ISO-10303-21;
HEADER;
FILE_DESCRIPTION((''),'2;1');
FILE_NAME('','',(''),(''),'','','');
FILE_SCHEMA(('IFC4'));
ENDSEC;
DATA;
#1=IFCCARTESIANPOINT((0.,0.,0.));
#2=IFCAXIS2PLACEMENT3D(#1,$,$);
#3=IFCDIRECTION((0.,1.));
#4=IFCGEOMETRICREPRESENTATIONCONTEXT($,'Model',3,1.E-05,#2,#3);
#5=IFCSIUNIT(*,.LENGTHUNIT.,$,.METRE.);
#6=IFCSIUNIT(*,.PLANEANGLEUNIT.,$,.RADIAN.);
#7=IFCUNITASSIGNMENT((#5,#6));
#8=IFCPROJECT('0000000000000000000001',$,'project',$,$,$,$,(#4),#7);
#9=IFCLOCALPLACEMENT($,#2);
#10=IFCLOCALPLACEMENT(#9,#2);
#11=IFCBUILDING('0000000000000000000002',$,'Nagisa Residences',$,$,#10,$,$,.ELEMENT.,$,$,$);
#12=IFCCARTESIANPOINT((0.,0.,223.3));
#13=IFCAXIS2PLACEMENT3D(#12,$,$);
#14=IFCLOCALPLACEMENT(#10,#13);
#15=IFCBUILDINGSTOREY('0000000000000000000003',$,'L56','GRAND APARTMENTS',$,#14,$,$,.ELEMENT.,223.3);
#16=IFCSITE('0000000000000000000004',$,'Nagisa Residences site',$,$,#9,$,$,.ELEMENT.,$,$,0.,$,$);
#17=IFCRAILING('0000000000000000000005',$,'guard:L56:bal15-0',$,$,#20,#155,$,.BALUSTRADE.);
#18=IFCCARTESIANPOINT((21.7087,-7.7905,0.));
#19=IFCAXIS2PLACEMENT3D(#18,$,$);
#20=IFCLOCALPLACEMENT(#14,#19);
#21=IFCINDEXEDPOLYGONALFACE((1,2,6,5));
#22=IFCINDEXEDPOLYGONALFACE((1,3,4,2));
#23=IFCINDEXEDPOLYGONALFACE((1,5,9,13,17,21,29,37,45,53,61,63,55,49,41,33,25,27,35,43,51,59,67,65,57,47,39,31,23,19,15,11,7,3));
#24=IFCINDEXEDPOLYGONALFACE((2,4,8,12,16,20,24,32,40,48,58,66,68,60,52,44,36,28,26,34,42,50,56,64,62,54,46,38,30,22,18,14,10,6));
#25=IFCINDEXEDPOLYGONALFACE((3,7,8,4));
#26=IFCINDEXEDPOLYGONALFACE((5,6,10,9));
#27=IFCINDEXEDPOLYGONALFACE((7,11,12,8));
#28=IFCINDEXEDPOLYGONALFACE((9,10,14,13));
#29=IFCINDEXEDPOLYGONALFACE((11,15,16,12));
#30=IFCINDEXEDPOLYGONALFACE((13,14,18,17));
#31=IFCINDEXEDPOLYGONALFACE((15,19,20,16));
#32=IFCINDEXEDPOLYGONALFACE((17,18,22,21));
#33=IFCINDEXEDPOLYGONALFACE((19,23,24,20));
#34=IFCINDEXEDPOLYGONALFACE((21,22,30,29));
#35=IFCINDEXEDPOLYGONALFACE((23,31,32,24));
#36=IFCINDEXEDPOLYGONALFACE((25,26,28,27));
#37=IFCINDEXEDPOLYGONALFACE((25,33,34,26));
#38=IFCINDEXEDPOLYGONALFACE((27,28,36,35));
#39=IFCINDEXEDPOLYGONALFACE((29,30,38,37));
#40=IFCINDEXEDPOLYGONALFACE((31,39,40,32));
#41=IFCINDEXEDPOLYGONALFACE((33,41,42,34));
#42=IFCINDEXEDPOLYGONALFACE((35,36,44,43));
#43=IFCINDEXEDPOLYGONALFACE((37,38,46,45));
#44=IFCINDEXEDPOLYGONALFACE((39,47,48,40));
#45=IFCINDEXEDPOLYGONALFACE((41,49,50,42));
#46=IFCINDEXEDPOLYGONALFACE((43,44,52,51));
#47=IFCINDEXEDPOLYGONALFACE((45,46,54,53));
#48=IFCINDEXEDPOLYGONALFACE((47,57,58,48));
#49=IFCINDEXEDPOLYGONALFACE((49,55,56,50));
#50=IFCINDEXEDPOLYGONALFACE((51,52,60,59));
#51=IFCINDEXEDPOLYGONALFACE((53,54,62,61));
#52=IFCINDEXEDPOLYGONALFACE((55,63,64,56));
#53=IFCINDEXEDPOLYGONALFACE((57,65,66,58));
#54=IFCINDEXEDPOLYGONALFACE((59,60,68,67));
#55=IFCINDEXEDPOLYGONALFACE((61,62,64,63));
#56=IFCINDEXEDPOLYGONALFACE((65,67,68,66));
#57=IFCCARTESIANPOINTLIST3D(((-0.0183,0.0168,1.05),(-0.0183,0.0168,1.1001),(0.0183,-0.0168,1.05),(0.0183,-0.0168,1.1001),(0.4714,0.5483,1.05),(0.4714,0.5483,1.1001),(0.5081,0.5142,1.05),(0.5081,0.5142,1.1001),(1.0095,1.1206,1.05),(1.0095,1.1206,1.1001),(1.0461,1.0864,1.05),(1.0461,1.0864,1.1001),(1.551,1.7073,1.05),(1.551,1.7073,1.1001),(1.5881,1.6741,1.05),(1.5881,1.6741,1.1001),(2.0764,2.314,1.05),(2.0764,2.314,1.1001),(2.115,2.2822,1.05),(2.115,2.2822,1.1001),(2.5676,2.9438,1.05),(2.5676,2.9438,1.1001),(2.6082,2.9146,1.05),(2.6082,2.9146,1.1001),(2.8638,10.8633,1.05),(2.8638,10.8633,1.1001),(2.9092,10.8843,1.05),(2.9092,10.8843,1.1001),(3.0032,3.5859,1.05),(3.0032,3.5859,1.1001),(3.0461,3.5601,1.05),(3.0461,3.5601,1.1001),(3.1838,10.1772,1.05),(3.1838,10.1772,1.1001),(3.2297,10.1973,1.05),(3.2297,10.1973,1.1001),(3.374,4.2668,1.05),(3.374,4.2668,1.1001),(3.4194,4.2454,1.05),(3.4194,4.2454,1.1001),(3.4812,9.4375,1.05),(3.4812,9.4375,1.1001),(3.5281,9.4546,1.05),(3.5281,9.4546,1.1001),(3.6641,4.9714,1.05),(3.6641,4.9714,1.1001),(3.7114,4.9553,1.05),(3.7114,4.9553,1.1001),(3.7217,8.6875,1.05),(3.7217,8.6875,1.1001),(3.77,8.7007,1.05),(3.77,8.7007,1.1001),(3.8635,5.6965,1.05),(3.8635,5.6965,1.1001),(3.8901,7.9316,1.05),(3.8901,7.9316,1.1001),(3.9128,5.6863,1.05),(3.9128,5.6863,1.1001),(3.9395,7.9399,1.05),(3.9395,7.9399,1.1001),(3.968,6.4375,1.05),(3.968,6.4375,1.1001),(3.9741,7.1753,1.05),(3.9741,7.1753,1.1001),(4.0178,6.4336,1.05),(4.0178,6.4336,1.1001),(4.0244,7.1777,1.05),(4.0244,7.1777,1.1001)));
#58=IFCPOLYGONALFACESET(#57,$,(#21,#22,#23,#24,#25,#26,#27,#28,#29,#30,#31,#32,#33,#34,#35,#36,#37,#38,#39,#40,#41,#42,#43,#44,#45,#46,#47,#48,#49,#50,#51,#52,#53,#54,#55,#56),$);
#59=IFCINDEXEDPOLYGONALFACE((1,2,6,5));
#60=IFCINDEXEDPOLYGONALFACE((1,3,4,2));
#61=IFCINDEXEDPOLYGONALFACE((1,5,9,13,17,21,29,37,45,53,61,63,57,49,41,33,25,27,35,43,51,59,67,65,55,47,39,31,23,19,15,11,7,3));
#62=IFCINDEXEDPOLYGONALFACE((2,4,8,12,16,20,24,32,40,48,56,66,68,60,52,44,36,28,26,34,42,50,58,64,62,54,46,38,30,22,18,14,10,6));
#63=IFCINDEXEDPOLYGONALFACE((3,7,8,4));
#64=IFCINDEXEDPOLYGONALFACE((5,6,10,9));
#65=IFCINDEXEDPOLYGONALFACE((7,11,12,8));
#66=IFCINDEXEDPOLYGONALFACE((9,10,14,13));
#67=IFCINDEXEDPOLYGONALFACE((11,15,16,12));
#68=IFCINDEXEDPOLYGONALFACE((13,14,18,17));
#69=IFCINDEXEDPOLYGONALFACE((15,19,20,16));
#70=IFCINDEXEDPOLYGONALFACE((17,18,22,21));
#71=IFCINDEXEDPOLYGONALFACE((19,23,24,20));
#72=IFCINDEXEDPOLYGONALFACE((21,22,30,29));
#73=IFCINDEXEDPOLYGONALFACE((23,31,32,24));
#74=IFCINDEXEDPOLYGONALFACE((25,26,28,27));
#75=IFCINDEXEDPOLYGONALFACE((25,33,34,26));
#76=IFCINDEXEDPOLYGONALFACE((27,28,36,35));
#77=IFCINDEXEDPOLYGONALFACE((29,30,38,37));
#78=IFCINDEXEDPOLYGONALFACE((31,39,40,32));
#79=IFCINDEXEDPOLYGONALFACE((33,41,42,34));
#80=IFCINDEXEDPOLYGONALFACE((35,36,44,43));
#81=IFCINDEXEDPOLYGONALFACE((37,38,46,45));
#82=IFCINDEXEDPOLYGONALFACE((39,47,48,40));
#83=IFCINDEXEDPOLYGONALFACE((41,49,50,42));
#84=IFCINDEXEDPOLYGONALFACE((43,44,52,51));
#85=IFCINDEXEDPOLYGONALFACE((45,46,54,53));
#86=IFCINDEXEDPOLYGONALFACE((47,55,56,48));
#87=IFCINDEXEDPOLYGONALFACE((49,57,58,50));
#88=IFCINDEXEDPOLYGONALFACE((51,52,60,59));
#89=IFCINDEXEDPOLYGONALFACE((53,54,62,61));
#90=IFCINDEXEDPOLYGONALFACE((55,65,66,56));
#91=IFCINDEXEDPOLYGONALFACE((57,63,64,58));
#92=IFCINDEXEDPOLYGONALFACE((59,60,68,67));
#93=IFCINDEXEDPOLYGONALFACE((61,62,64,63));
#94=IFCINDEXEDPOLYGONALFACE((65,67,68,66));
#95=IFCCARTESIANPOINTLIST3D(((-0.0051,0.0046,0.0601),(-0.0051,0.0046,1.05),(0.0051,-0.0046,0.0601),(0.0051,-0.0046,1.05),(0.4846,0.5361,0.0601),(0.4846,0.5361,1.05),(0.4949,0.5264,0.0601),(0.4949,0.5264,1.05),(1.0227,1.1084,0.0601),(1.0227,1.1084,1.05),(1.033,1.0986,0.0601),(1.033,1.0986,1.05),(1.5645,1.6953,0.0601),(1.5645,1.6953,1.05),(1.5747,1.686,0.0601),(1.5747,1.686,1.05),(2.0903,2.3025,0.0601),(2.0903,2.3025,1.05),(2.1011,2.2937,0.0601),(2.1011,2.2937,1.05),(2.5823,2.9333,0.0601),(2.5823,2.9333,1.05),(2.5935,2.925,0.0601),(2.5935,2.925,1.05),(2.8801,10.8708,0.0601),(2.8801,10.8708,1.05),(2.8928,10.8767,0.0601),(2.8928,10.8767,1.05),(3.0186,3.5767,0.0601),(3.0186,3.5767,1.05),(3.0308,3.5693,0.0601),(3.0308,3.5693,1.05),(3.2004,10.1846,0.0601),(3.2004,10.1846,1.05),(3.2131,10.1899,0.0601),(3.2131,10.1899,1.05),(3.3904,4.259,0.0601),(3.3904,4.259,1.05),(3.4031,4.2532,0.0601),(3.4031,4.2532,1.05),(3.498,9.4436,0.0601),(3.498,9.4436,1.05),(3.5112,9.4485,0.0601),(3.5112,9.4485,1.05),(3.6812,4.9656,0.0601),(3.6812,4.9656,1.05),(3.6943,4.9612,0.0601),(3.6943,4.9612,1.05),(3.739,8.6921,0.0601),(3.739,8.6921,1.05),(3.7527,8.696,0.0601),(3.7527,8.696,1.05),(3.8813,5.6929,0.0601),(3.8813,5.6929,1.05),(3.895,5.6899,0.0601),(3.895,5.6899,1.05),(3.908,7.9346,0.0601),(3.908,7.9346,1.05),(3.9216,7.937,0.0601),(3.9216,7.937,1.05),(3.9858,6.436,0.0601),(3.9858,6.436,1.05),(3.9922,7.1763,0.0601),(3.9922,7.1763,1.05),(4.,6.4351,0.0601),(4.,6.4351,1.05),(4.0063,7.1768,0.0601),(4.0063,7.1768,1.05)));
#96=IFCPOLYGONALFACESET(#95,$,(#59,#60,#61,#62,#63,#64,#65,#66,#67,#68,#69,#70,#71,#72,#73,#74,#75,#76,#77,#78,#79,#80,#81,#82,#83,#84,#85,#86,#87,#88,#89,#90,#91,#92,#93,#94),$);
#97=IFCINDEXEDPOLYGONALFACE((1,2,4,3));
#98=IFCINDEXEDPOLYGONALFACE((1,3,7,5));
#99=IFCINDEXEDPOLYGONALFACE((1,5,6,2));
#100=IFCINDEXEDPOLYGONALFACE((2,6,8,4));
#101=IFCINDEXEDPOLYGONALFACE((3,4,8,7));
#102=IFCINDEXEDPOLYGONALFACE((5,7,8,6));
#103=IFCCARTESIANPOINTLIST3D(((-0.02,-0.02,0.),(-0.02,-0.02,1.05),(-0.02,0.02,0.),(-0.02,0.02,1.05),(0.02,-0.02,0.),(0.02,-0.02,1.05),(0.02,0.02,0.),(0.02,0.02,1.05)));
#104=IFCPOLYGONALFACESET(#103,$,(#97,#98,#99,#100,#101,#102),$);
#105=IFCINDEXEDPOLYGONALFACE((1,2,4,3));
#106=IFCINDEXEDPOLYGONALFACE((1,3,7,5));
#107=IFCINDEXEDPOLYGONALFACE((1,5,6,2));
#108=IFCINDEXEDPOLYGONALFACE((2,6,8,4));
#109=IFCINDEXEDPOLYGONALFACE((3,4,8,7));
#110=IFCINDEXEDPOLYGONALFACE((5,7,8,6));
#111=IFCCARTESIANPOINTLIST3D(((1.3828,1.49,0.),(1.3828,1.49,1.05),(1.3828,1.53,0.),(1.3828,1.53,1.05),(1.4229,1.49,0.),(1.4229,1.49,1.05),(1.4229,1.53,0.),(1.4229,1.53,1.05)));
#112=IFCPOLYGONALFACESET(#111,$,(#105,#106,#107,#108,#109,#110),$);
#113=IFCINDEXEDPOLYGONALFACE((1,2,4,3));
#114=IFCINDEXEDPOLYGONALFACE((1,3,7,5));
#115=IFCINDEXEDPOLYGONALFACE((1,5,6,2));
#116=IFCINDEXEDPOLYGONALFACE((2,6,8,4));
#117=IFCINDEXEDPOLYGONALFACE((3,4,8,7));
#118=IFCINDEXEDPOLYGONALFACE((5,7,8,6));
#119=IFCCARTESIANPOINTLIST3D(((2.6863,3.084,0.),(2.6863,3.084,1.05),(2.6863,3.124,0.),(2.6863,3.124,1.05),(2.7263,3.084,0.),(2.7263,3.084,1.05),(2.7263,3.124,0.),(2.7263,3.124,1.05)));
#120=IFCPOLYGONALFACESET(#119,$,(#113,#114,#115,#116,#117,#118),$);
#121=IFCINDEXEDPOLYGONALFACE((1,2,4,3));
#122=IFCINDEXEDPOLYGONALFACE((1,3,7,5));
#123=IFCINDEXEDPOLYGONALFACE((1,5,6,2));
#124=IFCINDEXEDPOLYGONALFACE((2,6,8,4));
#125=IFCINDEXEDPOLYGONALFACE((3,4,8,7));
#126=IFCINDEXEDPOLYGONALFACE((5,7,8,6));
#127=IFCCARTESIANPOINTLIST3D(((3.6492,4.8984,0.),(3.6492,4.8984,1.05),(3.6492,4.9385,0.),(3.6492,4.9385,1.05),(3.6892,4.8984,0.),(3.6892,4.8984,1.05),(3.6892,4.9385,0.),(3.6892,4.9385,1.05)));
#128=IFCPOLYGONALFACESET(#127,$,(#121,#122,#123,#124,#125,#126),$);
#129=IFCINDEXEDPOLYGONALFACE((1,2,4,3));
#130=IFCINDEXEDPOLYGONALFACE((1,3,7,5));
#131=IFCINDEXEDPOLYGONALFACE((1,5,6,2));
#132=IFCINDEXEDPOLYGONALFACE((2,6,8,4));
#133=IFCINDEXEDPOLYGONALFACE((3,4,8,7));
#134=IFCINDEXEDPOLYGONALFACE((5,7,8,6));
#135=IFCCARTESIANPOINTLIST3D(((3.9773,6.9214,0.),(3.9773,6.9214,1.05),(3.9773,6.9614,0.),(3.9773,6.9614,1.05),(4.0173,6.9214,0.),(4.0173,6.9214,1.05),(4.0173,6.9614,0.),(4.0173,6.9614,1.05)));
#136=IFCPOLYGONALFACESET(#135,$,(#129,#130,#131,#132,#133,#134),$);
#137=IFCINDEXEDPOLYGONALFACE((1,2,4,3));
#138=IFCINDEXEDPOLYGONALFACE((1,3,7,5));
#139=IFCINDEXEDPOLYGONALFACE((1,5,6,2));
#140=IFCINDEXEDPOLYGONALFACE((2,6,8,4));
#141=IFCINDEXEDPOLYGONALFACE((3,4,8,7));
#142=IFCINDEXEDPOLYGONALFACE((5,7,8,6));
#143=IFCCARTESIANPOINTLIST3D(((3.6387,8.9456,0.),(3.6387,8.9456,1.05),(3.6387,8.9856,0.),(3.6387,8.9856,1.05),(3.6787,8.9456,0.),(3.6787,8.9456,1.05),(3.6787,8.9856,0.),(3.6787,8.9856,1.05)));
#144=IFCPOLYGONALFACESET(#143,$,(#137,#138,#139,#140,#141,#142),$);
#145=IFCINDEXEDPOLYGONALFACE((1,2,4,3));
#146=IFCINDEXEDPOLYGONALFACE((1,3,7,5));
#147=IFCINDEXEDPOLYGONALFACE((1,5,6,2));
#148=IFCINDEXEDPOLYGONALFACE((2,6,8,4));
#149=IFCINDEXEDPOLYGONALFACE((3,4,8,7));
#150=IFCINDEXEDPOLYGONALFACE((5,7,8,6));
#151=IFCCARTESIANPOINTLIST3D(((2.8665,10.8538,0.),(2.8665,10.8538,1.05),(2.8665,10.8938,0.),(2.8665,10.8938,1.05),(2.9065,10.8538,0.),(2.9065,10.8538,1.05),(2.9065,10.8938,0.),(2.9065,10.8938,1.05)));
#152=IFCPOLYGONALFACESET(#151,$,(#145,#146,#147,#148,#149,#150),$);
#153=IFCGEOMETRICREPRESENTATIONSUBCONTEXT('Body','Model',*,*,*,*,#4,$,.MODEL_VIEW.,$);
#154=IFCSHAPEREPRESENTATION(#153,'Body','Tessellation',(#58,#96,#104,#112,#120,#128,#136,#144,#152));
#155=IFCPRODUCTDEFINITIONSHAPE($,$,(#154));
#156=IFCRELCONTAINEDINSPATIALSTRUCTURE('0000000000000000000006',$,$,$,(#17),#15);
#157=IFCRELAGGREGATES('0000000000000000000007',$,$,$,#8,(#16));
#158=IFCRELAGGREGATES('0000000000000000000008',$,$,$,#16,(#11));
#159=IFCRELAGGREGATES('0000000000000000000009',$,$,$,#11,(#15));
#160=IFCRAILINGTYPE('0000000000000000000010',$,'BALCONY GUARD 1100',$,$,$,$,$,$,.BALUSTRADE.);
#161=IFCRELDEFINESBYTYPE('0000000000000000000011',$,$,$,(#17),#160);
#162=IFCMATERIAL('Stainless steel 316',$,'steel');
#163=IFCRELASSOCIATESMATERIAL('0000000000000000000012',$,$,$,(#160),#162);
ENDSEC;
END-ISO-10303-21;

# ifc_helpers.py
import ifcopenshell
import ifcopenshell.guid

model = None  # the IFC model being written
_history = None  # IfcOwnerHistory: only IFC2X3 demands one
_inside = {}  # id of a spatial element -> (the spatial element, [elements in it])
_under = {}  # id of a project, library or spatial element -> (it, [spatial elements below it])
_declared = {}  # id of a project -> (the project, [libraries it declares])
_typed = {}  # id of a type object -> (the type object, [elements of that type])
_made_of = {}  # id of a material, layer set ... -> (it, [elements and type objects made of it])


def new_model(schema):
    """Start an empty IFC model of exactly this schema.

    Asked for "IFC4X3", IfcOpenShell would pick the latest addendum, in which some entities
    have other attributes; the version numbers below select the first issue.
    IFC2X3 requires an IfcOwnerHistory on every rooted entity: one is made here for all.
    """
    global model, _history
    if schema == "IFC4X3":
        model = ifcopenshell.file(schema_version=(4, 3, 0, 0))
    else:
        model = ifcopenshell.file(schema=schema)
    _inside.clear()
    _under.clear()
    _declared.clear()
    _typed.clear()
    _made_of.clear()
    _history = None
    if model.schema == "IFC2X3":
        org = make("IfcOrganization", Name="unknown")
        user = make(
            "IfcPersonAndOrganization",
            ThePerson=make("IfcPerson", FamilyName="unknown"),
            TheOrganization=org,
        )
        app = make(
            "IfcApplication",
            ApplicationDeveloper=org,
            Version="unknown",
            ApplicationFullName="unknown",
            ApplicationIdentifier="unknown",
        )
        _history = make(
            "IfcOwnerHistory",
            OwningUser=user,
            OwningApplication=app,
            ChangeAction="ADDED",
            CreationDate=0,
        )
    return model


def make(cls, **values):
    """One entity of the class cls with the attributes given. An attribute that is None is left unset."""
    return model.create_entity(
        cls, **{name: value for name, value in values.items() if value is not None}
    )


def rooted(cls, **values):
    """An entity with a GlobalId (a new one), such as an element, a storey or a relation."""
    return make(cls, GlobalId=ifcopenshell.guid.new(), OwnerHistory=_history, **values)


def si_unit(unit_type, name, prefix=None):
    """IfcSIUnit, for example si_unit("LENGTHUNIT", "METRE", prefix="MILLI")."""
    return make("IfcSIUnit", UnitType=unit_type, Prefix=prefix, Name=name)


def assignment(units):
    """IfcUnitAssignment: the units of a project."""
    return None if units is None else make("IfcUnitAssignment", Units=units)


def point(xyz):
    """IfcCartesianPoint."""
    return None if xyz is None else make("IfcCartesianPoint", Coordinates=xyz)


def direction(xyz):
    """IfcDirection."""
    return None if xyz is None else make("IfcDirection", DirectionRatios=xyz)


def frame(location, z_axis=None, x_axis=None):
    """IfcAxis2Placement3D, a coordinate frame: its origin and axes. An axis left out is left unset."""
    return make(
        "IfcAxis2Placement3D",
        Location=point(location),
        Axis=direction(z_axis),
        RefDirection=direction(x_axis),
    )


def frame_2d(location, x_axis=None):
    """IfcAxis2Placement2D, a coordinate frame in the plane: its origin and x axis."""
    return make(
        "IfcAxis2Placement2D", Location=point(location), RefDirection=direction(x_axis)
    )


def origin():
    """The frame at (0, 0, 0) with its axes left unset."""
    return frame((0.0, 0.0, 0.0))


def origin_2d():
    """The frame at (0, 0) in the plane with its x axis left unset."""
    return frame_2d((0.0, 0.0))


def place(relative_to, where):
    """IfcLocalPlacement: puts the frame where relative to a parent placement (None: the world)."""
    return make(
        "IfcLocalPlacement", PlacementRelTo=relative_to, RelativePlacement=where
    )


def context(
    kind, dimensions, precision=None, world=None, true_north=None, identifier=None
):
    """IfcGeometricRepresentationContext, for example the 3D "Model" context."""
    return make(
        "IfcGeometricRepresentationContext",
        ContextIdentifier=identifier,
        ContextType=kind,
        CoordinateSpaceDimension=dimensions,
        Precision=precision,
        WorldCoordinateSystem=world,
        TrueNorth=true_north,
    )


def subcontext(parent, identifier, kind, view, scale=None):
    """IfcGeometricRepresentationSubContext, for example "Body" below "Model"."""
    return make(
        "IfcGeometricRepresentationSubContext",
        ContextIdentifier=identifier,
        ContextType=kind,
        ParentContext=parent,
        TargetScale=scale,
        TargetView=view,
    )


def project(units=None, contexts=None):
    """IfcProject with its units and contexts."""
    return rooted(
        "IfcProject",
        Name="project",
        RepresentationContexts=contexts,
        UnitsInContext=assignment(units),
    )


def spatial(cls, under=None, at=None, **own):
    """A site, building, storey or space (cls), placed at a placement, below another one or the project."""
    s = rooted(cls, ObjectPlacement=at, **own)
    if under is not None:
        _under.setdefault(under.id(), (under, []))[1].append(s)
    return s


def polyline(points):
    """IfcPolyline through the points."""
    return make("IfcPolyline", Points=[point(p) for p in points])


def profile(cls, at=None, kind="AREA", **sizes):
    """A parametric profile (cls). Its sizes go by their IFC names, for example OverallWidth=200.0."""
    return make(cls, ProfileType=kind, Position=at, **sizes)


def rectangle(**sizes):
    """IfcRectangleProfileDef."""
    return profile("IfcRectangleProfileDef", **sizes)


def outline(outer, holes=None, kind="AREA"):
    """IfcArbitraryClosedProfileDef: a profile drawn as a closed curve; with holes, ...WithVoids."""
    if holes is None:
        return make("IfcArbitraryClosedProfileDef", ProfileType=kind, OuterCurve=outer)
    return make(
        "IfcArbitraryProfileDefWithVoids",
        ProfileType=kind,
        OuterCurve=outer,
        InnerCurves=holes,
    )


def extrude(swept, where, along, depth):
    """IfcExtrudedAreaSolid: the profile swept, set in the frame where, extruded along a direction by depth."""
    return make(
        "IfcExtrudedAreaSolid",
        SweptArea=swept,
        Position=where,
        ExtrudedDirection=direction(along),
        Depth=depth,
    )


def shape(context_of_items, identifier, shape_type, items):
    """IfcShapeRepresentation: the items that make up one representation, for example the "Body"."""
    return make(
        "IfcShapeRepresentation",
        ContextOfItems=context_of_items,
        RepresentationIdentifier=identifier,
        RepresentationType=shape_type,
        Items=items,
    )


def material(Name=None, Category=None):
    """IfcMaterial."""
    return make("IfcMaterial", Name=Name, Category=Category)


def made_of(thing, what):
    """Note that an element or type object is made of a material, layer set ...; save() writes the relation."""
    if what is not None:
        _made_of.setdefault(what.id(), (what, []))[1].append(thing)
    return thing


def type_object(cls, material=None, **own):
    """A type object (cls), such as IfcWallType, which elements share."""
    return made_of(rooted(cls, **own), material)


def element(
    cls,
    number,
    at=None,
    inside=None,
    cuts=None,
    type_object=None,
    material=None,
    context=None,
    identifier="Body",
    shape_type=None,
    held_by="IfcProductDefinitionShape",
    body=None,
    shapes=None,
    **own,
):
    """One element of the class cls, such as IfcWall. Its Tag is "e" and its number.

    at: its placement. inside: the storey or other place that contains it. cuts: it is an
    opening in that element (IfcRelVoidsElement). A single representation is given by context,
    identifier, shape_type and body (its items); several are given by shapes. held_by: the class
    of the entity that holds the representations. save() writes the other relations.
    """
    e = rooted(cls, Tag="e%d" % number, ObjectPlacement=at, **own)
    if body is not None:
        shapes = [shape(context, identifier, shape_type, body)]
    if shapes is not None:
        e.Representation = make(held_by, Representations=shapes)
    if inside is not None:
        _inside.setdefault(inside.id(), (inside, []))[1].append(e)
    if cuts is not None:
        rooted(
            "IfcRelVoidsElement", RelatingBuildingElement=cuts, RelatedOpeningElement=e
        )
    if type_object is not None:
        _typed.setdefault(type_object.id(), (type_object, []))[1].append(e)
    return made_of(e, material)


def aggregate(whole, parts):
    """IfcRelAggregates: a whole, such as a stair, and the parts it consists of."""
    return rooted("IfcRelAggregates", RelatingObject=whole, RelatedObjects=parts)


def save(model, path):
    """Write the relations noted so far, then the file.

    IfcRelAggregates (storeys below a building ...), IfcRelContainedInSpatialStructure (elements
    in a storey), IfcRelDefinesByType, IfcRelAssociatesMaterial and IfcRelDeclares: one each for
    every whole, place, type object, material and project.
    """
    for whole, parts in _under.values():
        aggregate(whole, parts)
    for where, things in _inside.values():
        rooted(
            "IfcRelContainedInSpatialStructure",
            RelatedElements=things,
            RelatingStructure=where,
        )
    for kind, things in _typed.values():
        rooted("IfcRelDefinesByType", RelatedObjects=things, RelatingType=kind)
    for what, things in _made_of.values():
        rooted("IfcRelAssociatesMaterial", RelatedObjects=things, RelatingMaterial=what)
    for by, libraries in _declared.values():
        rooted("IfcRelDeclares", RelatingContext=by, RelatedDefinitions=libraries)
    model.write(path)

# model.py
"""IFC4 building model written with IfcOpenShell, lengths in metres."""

from ifc_helpers import new_model, si_unit, direction, frame, origin, origin_2d, place, context, subcontext, project, spatial, polyline, rectangle, outline, extrude, material, type_object, element, save


model = new_model("IFC4")

# Units and contexts
model_context = context("Model", 3, precision=1e-05, world=origin(), true_north=direction((0.0, 1.0)))
body_context = subcontext(model_context, "Body", "Model", "MODEL_VIEW")
ifc_project = project(units=[si_unit("LENGTHUNIT", "METRE"), si_unit("PLANEANGLEUNIT", "RADIAN")], contexts=[model_context])

# Site, building, storey
site_placement = place(None, origin())
site = spatial("IfcSite", under=ifc_project, at=site_placement, Name="Nagisa Residences site", CompositionType="ELEMENT", RefElevation=0.0)
building_placement = place(site_placement, origin())
building = spatial("IfcBuilding", under=site, at=building_placement, Name="Nagisa Residences", CompositionType="ELEMENT")
storey_placement = place(building_placement, frame((0.0, 0.0, 223.3)))
storey = spatial("IfcBuildingStorey", under=building, at=storey_placement, Name="L56", Description="GRAND APARTMENTS", CompositionType="ELEMENT", Elevation=223.3)

# Railing
ifc_material_1 = material(Name="Stainless steel 316", Category="steel")
railing_type_1 = type_object("IfcRailingType", Name="BALCONY GUARD 1100", PredefinedType="BALUSTRADE", material=ifc_material_1)
railing_1_placement = place(storey_placement, frame((21.7087, -7.7905, 0.0)))
element("IfcRailing", 1, at=railing_1_placement, inside=storey, type_object=railing_type_1, Name="guard:L56:bal15-0", PredefinedType="BALUSTRADE", context=body_context, shape_type="SweptSolid", body=[
    extrude(outline(polyline([(0.4714, 0.5483), (-0.0183, 0.0168), (0.0183, -0.0168), (0.5081, 0.5142), (1.0461, 1.0864), (1.5881, 1.6741), (2.115, 2.2822), (2.6082, 2.9146), (3.0461, 3.5601), (3.4194, 4.2454), (3.7114, 4.9553), (3.9128, 5.6863), (4.0178, 6.4336), (4.0244, 7.1777), (3.9395, 7.9399), (3.77, 8.7007), (3.5281, 9.4546), (3.2297, 10.1973), (2.9092, 10.8843), (2.8638, 10.8633), (3.1838, 10.1772), (3.4812, 9.4375), (3.7217, 8.6875), (3.8901, 7.9316), (3.9741, 7.1753), (3.968, 6.4375), (3.8635, 5.6965), (3.6641, 4.9714), (3.374, 4.2668), (3.0032, 3.5859), (2.5676, 2.9438), (2.0764, 2.314), (1.551, 1.7073), (1.0095, 1.1206), (0.4714, 0.5483)])), frame((0.0, 0.0, 1.05)), (0.0, 0.0, 1.0), 0.05),
    extrude(outline(polyline([(0.4846, 0.5361), (-0.0051, 0.0046), (0.0051, -0.0046), (0.4949, 0.5264), (1.033, 1.0986), (1.5747, 1.686), (2.1011, 2.2937), (2.5935, 2.925), (3.0308, 3.5693), (3.4031, 4.2532), (3.6943, 4.9612), (3.895, 5.6899), (4.0, 6.4351), (4.0063, 7.1768), (3.9216, 7.937), (3.7527, 8.696), (3.5112, 9.4485), (3.2131, 10.1899), (2.8928, 10.8767), (2.8801, 10.8708), (3.2004, 10.1846), (3.498, 9.4436), (3.739, 8.6921), (3.908, 7.9346), (3.9922, 7.1763), (3.9858, 6.436), (3.8813, 5.6929), (3.6812, 4.9656), (3.3904, 4.259), (3.0186, 3.5767), (2.5823, 2.9333), (2.0903, 2.3025), (1.5645, 1.6953), (1.0227, 1.1084), (0.4846, 0.5361)])), frame((0.0, 0.0, 0.0601)), (0.0, 0.0, 1.0), 0.99),
    extrude(rectangle(XDim=0.04, YDim=0.04, at=origin_2d()), origin(), (0.0, 0.0, 1.0), 1.05),
    extrude(rectangle(XDim=0.04, YDim=0.04, at=origin_2d()), frame((1.4028, 1.51, 0.0)), (0.0, 0.0, 1.0), 1.05),
    extrude(rectangle(XDim=0.04, YDim=0.04, at=origin_2d()), frame((2.7063, 3.104, 0.0)), (0.0, 0.0, 1.0), 1.05),
    extrude(rectangle(XDim=0.04, YDim=0.04, at=origin_2d()), frame((3.6692, 4.9185, 0.0)), (0.0, 0.0, 1.0), 1.05),
    extrude(rectangle(XDim=0.04, YDim=0.04, at=origin_2d()), frame((3.9973, 6.9414, 0.0)), (0.0, 0.0, 1.0), 1.05),
    extrude(rectangle(XDim=0.04, YDim=0.04, at=origin_2d()), frame((3.6587, 8.9656, 0.0)), (0.0, 0.0, 1.0), 1.05),
    extrude(rectangle(XDim=0.04, YDim=0.04, at=origin_2d()), frame((2.8865, 10.8738, 0.0)), (0.0, 0.0, 1.0), 1.05),
])

save(model, "model.ifc")
